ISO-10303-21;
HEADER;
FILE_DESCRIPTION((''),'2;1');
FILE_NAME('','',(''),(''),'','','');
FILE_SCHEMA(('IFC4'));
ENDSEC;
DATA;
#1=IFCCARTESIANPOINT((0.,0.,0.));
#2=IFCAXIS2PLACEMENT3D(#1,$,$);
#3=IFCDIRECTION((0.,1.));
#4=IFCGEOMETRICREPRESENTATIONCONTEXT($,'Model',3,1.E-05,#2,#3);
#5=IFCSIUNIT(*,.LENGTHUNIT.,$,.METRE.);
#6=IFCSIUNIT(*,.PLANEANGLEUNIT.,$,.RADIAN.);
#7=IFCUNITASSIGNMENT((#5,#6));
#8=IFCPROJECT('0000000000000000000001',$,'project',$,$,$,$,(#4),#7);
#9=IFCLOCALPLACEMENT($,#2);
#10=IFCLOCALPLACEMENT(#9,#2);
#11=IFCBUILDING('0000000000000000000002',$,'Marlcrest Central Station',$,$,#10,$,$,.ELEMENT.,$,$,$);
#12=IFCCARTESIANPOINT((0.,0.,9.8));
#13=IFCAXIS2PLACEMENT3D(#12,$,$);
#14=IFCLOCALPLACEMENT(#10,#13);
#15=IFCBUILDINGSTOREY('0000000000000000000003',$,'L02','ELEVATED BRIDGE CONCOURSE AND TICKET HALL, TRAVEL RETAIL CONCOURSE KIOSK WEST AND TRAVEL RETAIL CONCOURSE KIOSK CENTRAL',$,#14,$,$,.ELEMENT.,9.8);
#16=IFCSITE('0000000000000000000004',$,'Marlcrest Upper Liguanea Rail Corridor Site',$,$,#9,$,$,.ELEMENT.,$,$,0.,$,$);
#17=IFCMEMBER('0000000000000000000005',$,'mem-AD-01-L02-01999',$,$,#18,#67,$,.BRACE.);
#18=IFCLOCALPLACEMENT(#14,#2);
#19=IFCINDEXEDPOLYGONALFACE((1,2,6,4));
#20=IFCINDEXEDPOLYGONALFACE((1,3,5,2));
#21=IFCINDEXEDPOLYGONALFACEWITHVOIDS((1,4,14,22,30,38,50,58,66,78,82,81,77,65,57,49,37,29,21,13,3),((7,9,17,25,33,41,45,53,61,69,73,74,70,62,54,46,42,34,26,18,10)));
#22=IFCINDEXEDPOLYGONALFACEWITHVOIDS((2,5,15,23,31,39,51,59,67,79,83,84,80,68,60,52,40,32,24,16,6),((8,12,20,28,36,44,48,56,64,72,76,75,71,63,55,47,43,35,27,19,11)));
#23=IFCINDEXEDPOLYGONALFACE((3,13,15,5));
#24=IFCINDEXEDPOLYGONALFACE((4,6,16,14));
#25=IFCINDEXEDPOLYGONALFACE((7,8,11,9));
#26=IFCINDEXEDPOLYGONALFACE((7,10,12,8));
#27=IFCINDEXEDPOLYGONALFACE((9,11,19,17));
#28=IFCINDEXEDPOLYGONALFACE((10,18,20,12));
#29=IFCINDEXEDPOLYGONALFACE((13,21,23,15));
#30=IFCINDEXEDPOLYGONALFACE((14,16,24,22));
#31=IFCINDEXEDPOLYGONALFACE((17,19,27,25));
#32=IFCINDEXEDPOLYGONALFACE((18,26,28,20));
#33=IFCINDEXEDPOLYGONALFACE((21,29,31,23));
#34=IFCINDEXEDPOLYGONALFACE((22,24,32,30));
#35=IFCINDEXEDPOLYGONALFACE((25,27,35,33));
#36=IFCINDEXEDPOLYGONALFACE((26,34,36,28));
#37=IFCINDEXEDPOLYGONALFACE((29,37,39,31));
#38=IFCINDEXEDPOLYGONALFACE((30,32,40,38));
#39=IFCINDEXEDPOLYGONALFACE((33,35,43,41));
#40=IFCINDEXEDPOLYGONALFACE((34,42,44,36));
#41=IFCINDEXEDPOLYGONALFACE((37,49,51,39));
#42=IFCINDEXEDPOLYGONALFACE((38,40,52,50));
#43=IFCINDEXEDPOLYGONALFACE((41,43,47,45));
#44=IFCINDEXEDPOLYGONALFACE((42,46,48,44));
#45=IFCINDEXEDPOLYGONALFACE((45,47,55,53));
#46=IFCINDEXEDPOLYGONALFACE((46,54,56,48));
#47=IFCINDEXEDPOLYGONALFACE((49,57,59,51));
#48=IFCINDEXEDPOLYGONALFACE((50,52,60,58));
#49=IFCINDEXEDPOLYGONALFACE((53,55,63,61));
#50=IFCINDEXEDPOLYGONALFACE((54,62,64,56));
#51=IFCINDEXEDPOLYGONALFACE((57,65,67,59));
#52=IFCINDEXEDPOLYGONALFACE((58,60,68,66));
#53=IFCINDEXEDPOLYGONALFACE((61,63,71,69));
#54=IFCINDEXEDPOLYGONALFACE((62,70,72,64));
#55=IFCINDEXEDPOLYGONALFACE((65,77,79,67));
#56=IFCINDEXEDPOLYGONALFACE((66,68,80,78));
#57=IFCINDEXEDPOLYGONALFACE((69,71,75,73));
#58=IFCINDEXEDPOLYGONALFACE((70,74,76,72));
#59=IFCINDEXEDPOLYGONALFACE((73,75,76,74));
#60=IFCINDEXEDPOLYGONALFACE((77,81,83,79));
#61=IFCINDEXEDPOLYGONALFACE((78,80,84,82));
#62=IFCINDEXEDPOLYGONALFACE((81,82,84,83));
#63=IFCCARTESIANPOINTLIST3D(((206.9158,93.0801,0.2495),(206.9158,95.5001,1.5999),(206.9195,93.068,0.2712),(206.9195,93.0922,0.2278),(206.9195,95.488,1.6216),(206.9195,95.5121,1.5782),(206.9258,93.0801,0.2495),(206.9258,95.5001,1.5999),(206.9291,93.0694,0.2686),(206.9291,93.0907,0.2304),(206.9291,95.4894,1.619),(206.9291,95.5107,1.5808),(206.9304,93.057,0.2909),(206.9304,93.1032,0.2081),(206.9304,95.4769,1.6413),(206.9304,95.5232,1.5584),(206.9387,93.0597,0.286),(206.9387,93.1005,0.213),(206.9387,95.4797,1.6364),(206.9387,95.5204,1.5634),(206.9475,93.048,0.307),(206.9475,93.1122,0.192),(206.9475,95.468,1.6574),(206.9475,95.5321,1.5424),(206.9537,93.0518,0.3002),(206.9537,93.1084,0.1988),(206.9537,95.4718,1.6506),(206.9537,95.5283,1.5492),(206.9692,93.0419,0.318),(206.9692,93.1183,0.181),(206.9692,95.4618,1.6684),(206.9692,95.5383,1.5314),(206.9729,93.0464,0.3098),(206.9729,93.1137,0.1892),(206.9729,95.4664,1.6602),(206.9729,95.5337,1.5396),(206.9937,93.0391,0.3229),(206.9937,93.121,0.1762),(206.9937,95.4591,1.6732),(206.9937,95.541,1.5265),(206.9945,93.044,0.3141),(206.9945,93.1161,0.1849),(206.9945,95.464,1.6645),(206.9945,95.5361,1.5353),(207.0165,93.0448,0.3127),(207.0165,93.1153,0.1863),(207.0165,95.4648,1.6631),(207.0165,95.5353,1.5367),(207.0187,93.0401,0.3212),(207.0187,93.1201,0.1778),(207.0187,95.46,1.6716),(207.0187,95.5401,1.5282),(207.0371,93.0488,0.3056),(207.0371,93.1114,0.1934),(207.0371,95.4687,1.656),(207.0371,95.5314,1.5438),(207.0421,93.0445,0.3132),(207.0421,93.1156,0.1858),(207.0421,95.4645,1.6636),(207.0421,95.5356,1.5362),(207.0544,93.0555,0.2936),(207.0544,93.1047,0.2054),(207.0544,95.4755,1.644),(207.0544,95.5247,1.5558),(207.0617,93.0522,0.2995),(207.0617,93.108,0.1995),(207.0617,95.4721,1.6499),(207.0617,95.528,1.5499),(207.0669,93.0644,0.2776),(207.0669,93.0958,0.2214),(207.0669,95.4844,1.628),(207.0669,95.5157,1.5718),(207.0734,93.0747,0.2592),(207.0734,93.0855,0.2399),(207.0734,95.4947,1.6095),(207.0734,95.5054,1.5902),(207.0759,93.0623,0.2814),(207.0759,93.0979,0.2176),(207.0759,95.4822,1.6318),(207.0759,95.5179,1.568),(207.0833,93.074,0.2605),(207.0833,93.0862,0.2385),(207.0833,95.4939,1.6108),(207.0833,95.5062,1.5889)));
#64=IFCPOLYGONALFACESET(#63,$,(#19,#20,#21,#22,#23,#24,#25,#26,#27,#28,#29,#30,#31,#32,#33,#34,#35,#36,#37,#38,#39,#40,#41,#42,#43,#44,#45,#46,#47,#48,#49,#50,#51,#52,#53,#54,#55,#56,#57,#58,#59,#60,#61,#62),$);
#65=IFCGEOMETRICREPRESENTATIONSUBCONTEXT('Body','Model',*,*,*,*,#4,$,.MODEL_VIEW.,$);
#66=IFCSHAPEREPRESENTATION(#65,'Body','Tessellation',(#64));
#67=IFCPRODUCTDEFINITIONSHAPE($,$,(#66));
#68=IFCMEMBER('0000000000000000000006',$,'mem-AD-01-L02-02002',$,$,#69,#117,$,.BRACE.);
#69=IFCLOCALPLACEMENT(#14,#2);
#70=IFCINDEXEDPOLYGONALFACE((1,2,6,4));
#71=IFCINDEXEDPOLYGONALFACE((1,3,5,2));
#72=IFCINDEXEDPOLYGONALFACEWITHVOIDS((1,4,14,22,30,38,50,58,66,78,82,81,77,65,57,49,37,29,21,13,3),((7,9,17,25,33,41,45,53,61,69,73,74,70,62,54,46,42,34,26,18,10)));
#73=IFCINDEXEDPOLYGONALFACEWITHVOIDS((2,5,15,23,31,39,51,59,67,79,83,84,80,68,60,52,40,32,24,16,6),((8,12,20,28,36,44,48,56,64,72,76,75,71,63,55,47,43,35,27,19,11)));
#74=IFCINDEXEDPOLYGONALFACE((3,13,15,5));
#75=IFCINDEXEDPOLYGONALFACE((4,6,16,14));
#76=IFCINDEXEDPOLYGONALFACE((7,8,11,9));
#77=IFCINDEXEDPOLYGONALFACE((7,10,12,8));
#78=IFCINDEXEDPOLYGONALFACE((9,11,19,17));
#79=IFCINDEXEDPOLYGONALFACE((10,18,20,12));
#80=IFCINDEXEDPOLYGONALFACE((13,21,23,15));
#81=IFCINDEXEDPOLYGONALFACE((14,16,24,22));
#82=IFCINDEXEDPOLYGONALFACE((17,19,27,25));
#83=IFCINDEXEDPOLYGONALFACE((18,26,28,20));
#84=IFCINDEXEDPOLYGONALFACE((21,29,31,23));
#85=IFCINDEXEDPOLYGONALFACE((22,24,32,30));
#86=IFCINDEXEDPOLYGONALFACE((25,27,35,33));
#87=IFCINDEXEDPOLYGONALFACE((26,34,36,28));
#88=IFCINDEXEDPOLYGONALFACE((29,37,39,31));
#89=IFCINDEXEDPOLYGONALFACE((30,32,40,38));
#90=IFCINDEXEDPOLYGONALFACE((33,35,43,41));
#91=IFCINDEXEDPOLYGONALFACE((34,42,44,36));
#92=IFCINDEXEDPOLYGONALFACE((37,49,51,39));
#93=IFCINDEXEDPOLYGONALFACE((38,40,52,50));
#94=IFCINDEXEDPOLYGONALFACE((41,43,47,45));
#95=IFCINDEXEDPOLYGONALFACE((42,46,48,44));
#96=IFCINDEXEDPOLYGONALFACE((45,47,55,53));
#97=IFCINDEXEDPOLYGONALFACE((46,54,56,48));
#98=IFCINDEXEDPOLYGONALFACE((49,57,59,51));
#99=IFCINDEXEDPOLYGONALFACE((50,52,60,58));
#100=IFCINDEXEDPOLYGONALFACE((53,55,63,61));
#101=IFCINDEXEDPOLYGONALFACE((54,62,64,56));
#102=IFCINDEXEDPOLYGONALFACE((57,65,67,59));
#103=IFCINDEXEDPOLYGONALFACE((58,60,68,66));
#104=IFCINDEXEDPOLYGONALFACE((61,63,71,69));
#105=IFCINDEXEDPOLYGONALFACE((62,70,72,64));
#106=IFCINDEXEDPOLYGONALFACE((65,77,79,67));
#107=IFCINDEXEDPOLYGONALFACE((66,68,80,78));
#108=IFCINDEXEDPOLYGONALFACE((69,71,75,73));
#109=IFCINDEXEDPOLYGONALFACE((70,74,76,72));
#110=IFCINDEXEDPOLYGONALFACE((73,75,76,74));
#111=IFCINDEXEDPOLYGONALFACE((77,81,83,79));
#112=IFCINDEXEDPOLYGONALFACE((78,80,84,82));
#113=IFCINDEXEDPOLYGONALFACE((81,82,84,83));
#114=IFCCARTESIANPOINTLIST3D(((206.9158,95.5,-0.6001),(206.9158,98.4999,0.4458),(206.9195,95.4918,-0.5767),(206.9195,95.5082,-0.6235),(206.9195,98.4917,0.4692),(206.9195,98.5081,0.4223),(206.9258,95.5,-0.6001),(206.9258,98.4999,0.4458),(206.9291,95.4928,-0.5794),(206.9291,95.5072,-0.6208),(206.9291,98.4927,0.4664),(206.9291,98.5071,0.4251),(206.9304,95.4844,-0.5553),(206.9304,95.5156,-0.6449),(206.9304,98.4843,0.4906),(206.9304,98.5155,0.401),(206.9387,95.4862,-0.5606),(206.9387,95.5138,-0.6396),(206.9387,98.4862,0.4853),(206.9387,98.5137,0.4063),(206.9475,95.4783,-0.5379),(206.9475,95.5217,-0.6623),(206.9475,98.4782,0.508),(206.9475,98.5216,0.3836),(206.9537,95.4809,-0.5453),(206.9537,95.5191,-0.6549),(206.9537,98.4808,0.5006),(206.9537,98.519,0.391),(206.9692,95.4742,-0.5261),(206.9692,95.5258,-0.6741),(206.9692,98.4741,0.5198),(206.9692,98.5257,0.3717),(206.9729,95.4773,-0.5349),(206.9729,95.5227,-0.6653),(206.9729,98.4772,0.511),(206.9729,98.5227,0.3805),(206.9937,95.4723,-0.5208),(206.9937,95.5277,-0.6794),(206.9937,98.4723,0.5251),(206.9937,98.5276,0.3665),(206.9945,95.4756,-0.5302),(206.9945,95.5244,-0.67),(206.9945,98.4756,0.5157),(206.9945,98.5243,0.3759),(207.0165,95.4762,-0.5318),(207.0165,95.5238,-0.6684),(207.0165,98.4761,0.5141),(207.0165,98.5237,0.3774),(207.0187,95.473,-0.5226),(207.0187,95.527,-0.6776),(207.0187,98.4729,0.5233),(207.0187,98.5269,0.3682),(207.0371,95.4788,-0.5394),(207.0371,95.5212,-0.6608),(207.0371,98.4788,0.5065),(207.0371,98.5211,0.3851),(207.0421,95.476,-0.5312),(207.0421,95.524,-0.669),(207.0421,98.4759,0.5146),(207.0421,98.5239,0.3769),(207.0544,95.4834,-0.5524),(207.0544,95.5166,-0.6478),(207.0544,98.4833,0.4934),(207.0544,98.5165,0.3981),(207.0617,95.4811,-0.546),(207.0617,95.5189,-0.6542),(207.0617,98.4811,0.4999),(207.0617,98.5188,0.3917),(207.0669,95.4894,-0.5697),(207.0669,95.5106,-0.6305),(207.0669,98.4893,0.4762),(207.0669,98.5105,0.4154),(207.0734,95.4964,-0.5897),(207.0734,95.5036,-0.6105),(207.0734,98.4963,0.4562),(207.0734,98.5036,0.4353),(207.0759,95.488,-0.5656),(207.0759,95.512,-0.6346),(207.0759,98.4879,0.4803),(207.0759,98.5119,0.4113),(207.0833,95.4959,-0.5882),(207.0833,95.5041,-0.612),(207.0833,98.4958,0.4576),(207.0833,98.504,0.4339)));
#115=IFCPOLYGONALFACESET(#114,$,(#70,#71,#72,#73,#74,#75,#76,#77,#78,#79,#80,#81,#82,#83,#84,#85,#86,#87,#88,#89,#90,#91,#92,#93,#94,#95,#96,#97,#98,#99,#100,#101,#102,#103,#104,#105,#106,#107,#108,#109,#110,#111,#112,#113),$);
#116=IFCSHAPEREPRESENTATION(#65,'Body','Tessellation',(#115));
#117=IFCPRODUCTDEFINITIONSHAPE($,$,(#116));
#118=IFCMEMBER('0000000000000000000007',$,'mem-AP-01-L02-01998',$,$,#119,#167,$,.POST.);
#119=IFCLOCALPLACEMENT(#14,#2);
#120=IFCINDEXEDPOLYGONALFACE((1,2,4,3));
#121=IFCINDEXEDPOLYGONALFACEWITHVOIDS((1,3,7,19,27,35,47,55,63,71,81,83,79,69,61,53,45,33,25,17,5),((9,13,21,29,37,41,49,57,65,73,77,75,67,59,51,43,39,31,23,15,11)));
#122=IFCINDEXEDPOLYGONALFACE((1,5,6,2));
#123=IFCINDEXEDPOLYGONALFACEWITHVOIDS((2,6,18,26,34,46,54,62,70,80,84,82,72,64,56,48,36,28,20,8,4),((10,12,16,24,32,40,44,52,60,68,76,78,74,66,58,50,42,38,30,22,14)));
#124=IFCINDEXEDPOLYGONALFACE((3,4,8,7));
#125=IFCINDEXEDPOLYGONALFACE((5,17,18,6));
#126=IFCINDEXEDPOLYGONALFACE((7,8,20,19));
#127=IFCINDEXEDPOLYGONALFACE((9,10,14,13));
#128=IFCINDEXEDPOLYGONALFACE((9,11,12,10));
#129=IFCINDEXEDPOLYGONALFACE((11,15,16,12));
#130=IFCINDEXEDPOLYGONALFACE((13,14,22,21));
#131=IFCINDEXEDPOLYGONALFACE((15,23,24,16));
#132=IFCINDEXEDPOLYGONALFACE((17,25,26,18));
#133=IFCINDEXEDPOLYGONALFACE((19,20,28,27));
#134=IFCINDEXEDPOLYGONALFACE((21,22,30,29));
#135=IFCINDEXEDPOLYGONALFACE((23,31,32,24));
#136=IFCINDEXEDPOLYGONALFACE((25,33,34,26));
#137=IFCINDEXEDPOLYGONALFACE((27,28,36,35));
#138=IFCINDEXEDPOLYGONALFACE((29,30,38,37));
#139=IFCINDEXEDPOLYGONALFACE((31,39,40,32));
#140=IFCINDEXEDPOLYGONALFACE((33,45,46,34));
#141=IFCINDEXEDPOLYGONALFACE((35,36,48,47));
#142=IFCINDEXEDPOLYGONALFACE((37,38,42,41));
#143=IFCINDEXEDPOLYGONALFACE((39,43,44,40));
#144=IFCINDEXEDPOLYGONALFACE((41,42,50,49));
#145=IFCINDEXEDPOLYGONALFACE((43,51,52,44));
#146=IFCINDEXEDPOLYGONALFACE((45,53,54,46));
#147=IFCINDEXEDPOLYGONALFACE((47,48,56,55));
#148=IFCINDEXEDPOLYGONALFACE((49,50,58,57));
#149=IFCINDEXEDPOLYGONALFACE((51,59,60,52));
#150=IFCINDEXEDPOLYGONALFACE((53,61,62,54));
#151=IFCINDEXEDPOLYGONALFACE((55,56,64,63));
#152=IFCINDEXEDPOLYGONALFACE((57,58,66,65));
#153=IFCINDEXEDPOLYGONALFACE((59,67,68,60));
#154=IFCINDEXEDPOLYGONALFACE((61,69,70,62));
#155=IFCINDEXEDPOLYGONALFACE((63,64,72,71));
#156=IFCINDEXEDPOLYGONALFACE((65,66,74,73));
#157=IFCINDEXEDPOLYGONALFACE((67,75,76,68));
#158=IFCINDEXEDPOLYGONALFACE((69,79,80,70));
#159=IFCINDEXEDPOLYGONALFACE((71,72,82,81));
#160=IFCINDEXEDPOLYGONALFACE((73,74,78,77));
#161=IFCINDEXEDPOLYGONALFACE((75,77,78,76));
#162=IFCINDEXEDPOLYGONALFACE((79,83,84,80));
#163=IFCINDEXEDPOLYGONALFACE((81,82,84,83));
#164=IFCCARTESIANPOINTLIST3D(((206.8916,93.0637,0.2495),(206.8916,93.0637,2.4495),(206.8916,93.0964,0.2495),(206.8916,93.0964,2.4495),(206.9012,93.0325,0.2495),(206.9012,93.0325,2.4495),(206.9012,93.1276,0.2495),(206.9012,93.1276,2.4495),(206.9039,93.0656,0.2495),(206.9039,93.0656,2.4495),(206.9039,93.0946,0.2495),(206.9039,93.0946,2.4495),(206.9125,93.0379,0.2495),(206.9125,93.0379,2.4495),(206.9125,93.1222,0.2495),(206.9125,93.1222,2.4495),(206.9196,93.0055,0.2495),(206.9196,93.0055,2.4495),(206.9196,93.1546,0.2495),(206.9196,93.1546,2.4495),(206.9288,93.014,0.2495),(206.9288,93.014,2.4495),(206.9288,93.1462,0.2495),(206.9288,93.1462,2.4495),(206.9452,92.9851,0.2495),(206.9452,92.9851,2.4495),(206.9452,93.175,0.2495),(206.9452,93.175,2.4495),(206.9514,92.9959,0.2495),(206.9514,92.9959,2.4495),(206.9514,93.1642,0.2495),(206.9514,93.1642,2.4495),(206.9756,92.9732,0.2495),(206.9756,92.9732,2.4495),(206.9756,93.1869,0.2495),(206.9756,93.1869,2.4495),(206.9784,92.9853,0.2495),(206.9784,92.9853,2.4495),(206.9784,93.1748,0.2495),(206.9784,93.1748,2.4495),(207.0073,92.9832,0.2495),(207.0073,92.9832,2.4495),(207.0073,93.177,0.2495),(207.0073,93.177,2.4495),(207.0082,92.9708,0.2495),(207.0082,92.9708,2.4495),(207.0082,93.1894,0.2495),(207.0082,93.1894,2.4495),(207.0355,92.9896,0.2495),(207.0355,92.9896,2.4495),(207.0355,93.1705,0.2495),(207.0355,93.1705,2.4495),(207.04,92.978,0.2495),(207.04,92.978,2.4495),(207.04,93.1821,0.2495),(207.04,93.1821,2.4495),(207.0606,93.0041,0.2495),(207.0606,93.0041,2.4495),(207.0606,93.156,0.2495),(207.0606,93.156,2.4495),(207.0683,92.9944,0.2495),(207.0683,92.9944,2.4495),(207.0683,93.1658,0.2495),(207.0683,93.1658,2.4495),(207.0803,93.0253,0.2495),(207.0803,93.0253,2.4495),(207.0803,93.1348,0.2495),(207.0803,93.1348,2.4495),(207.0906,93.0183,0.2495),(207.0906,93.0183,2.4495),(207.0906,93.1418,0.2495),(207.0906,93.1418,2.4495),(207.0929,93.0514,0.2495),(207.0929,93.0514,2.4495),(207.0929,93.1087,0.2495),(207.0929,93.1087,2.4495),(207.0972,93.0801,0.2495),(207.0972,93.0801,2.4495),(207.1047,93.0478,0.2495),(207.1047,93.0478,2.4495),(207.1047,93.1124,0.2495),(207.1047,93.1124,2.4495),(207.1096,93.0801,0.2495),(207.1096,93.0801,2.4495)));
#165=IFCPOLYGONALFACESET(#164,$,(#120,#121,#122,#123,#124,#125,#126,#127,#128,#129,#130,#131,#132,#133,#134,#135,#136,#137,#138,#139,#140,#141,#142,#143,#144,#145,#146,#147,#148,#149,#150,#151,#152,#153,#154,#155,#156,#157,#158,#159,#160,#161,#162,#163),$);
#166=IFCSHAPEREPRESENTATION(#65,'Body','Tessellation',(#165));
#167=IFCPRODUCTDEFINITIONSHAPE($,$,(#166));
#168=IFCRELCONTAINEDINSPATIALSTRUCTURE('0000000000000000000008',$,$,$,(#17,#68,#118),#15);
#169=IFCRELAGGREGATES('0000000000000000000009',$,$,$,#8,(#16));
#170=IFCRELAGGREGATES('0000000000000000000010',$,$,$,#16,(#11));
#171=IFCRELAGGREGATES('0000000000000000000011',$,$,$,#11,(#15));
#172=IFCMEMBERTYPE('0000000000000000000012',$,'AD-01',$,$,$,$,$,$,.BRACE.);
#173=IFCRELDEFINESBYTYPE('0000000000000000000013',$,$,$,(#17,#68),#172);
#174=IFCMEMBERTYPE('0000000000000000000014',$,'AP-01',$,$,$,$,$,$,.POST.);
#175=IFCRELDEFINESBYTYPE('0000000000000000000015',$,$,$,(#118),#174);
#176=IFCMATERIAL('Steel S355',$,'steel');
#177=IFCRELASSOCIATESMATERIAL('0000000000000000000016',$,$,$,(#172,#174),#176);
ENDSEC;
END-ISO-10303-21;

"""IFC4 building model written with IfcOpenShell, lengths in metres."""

from ifc_helpers import new_model, si_unit, direction, frame, origin, origin_2d, place, context, subcontext, project, spatial, hollow_circle, extrude, material, material_profile, profile_set, type_object, element, save


model = new_model("IFC4")

# Units and contexts
model_context = context("Model", 3, precision=1e-05, world=origin(), true_north=direction((0.0, 1.0)))
body_context = subcontext(model_context, "Body", "Model", "MODEL_VIEW")
ifc_project = project(units=[si_unit("LENGTHUNIT", "METRE"), si_unit("PLANEANGLEUNIT", "RADIAN")], contexts=[model_context])

# Site, building, storey
site_placement = place(None, origin())
site = spatial("IfcSite", under=ifc_project, at=site_placement, Name="Marlcrest Upper Liguanea Rail Corridor Site", CompositionType="ELEMENT", RefElevation=0.0)
building_placement = place(site_placement, origin())
building = spatial("IfcBuilding", under=site, at=building_placement, Name="Marlcrest Central Station", CompositionType="ELEMENT")
storey_placement = place(building_placement, frame((0.0, 0.0, 9.8)))
storey = spatial("IfcBuildingStorey", under=building, at=storey_placement, Name="L02", Description="ELEVATED BRIDGE CONCOURSE AND TICKET HALL, TRAVEL RETAIL CONCOURSE KIOSK WEST AND TRAVEL RETAIL CONCOURSE KIOSK CENTRAL", CompositionType="ELEMENT", Elevation=9.8)

# Members
ifc_material_1 = material(Name="Steel S355", Category="steel")
ifc_material_profile_1 = material_profile(ifc_material_1, hollow_circle(Radius=0.0842, WallThickness=0.01, at=origin_2d()), Name="CHS 168.3x10")
ifc_profile_set_1 = profile_set([ifc_material_profile_1], Name="Steel S355")
member_type_1 = type_object("IfcMemberType", Name="AD-01", PredefinedType="BRACE", material=ifc_profile_set_1)
member_1_placement = place(storey_placement, frame((207.0, 93.0801, 0.2495), z_axis=(0.0, 0.873246, 0.48728), x_axis=(-1.0, 0.0, 0.0)))
element("IfcMember", 1, at=member_1_placement, inside=storey, type_object=member_type_1, Name="mem-AD-01-L02-01999", PredefinedType="BRACE", context=body_context, shape_type="SweptSolid", body=[
    extrude(hollow_circle(Radius=0.0842, WallThickness=0.01, at=origin_2d()), origin(), (0.0, 0.0, 1.0), 2.7712),
])
member_2_placement = place(storey_placement, frame((207.0, 95.5, -0.6001), z_axis=(0.0, 0.94426, 0.3292), x_axis=(-1.0, 0.0, 0.0)))
element("IfcMember", 2, at=member_2_placement, inside=storey, type_object=member_type_1, Name="mem-AD-01-L02-02002", PredefinedType="BRACE", context=body_context, shape_type="SweptSolid", body=[
    extrude(hollow_circle(Radius=0.0842, WallThickness=0.01, at=origin_2d()), origin(), (0.0, 0.0, 1.0), 3.177),
])
ifc_material_profile_2 = material_profile(ifc_material_1, hollow_circle(Radius=0.1096, WallThickness=0.0125, at=origin_2d()), Name="CHS 219.1x12.5")
ifc_profile_set_2 = profile_set([ifc_material_profile_2], Name="Steel S355")
member_type_2 = type_object("IfcMemberType", Name="AP-01", PredefinedType="POST", material=ifc_profile_set_2)
for number, where, z_axis, x_axis, name in (
    (3, (207.0, 93.0801, 0.2495), (0.0, 0.0, 1.0), (1.0, 0.0, 0.0), "mem-AP-01-L02-01998"),
):
    element("IfcMember", number, at=place(storey_placement, frame(where, z_axis=z_axis, x_axis=x_axis)), inside=storey, type_object=member_type_2, Name=name, PredefinedType="POST", context=body_context, shape_type="SweptSolid", body=[
        extrude(hollow_circle(Radius=0.1096, WallThickness=0.0125, at=origin_2d()), origin(), (0.0, 0.0, 1.0), 2.2),
    ])

save(model, "model.ifc")
